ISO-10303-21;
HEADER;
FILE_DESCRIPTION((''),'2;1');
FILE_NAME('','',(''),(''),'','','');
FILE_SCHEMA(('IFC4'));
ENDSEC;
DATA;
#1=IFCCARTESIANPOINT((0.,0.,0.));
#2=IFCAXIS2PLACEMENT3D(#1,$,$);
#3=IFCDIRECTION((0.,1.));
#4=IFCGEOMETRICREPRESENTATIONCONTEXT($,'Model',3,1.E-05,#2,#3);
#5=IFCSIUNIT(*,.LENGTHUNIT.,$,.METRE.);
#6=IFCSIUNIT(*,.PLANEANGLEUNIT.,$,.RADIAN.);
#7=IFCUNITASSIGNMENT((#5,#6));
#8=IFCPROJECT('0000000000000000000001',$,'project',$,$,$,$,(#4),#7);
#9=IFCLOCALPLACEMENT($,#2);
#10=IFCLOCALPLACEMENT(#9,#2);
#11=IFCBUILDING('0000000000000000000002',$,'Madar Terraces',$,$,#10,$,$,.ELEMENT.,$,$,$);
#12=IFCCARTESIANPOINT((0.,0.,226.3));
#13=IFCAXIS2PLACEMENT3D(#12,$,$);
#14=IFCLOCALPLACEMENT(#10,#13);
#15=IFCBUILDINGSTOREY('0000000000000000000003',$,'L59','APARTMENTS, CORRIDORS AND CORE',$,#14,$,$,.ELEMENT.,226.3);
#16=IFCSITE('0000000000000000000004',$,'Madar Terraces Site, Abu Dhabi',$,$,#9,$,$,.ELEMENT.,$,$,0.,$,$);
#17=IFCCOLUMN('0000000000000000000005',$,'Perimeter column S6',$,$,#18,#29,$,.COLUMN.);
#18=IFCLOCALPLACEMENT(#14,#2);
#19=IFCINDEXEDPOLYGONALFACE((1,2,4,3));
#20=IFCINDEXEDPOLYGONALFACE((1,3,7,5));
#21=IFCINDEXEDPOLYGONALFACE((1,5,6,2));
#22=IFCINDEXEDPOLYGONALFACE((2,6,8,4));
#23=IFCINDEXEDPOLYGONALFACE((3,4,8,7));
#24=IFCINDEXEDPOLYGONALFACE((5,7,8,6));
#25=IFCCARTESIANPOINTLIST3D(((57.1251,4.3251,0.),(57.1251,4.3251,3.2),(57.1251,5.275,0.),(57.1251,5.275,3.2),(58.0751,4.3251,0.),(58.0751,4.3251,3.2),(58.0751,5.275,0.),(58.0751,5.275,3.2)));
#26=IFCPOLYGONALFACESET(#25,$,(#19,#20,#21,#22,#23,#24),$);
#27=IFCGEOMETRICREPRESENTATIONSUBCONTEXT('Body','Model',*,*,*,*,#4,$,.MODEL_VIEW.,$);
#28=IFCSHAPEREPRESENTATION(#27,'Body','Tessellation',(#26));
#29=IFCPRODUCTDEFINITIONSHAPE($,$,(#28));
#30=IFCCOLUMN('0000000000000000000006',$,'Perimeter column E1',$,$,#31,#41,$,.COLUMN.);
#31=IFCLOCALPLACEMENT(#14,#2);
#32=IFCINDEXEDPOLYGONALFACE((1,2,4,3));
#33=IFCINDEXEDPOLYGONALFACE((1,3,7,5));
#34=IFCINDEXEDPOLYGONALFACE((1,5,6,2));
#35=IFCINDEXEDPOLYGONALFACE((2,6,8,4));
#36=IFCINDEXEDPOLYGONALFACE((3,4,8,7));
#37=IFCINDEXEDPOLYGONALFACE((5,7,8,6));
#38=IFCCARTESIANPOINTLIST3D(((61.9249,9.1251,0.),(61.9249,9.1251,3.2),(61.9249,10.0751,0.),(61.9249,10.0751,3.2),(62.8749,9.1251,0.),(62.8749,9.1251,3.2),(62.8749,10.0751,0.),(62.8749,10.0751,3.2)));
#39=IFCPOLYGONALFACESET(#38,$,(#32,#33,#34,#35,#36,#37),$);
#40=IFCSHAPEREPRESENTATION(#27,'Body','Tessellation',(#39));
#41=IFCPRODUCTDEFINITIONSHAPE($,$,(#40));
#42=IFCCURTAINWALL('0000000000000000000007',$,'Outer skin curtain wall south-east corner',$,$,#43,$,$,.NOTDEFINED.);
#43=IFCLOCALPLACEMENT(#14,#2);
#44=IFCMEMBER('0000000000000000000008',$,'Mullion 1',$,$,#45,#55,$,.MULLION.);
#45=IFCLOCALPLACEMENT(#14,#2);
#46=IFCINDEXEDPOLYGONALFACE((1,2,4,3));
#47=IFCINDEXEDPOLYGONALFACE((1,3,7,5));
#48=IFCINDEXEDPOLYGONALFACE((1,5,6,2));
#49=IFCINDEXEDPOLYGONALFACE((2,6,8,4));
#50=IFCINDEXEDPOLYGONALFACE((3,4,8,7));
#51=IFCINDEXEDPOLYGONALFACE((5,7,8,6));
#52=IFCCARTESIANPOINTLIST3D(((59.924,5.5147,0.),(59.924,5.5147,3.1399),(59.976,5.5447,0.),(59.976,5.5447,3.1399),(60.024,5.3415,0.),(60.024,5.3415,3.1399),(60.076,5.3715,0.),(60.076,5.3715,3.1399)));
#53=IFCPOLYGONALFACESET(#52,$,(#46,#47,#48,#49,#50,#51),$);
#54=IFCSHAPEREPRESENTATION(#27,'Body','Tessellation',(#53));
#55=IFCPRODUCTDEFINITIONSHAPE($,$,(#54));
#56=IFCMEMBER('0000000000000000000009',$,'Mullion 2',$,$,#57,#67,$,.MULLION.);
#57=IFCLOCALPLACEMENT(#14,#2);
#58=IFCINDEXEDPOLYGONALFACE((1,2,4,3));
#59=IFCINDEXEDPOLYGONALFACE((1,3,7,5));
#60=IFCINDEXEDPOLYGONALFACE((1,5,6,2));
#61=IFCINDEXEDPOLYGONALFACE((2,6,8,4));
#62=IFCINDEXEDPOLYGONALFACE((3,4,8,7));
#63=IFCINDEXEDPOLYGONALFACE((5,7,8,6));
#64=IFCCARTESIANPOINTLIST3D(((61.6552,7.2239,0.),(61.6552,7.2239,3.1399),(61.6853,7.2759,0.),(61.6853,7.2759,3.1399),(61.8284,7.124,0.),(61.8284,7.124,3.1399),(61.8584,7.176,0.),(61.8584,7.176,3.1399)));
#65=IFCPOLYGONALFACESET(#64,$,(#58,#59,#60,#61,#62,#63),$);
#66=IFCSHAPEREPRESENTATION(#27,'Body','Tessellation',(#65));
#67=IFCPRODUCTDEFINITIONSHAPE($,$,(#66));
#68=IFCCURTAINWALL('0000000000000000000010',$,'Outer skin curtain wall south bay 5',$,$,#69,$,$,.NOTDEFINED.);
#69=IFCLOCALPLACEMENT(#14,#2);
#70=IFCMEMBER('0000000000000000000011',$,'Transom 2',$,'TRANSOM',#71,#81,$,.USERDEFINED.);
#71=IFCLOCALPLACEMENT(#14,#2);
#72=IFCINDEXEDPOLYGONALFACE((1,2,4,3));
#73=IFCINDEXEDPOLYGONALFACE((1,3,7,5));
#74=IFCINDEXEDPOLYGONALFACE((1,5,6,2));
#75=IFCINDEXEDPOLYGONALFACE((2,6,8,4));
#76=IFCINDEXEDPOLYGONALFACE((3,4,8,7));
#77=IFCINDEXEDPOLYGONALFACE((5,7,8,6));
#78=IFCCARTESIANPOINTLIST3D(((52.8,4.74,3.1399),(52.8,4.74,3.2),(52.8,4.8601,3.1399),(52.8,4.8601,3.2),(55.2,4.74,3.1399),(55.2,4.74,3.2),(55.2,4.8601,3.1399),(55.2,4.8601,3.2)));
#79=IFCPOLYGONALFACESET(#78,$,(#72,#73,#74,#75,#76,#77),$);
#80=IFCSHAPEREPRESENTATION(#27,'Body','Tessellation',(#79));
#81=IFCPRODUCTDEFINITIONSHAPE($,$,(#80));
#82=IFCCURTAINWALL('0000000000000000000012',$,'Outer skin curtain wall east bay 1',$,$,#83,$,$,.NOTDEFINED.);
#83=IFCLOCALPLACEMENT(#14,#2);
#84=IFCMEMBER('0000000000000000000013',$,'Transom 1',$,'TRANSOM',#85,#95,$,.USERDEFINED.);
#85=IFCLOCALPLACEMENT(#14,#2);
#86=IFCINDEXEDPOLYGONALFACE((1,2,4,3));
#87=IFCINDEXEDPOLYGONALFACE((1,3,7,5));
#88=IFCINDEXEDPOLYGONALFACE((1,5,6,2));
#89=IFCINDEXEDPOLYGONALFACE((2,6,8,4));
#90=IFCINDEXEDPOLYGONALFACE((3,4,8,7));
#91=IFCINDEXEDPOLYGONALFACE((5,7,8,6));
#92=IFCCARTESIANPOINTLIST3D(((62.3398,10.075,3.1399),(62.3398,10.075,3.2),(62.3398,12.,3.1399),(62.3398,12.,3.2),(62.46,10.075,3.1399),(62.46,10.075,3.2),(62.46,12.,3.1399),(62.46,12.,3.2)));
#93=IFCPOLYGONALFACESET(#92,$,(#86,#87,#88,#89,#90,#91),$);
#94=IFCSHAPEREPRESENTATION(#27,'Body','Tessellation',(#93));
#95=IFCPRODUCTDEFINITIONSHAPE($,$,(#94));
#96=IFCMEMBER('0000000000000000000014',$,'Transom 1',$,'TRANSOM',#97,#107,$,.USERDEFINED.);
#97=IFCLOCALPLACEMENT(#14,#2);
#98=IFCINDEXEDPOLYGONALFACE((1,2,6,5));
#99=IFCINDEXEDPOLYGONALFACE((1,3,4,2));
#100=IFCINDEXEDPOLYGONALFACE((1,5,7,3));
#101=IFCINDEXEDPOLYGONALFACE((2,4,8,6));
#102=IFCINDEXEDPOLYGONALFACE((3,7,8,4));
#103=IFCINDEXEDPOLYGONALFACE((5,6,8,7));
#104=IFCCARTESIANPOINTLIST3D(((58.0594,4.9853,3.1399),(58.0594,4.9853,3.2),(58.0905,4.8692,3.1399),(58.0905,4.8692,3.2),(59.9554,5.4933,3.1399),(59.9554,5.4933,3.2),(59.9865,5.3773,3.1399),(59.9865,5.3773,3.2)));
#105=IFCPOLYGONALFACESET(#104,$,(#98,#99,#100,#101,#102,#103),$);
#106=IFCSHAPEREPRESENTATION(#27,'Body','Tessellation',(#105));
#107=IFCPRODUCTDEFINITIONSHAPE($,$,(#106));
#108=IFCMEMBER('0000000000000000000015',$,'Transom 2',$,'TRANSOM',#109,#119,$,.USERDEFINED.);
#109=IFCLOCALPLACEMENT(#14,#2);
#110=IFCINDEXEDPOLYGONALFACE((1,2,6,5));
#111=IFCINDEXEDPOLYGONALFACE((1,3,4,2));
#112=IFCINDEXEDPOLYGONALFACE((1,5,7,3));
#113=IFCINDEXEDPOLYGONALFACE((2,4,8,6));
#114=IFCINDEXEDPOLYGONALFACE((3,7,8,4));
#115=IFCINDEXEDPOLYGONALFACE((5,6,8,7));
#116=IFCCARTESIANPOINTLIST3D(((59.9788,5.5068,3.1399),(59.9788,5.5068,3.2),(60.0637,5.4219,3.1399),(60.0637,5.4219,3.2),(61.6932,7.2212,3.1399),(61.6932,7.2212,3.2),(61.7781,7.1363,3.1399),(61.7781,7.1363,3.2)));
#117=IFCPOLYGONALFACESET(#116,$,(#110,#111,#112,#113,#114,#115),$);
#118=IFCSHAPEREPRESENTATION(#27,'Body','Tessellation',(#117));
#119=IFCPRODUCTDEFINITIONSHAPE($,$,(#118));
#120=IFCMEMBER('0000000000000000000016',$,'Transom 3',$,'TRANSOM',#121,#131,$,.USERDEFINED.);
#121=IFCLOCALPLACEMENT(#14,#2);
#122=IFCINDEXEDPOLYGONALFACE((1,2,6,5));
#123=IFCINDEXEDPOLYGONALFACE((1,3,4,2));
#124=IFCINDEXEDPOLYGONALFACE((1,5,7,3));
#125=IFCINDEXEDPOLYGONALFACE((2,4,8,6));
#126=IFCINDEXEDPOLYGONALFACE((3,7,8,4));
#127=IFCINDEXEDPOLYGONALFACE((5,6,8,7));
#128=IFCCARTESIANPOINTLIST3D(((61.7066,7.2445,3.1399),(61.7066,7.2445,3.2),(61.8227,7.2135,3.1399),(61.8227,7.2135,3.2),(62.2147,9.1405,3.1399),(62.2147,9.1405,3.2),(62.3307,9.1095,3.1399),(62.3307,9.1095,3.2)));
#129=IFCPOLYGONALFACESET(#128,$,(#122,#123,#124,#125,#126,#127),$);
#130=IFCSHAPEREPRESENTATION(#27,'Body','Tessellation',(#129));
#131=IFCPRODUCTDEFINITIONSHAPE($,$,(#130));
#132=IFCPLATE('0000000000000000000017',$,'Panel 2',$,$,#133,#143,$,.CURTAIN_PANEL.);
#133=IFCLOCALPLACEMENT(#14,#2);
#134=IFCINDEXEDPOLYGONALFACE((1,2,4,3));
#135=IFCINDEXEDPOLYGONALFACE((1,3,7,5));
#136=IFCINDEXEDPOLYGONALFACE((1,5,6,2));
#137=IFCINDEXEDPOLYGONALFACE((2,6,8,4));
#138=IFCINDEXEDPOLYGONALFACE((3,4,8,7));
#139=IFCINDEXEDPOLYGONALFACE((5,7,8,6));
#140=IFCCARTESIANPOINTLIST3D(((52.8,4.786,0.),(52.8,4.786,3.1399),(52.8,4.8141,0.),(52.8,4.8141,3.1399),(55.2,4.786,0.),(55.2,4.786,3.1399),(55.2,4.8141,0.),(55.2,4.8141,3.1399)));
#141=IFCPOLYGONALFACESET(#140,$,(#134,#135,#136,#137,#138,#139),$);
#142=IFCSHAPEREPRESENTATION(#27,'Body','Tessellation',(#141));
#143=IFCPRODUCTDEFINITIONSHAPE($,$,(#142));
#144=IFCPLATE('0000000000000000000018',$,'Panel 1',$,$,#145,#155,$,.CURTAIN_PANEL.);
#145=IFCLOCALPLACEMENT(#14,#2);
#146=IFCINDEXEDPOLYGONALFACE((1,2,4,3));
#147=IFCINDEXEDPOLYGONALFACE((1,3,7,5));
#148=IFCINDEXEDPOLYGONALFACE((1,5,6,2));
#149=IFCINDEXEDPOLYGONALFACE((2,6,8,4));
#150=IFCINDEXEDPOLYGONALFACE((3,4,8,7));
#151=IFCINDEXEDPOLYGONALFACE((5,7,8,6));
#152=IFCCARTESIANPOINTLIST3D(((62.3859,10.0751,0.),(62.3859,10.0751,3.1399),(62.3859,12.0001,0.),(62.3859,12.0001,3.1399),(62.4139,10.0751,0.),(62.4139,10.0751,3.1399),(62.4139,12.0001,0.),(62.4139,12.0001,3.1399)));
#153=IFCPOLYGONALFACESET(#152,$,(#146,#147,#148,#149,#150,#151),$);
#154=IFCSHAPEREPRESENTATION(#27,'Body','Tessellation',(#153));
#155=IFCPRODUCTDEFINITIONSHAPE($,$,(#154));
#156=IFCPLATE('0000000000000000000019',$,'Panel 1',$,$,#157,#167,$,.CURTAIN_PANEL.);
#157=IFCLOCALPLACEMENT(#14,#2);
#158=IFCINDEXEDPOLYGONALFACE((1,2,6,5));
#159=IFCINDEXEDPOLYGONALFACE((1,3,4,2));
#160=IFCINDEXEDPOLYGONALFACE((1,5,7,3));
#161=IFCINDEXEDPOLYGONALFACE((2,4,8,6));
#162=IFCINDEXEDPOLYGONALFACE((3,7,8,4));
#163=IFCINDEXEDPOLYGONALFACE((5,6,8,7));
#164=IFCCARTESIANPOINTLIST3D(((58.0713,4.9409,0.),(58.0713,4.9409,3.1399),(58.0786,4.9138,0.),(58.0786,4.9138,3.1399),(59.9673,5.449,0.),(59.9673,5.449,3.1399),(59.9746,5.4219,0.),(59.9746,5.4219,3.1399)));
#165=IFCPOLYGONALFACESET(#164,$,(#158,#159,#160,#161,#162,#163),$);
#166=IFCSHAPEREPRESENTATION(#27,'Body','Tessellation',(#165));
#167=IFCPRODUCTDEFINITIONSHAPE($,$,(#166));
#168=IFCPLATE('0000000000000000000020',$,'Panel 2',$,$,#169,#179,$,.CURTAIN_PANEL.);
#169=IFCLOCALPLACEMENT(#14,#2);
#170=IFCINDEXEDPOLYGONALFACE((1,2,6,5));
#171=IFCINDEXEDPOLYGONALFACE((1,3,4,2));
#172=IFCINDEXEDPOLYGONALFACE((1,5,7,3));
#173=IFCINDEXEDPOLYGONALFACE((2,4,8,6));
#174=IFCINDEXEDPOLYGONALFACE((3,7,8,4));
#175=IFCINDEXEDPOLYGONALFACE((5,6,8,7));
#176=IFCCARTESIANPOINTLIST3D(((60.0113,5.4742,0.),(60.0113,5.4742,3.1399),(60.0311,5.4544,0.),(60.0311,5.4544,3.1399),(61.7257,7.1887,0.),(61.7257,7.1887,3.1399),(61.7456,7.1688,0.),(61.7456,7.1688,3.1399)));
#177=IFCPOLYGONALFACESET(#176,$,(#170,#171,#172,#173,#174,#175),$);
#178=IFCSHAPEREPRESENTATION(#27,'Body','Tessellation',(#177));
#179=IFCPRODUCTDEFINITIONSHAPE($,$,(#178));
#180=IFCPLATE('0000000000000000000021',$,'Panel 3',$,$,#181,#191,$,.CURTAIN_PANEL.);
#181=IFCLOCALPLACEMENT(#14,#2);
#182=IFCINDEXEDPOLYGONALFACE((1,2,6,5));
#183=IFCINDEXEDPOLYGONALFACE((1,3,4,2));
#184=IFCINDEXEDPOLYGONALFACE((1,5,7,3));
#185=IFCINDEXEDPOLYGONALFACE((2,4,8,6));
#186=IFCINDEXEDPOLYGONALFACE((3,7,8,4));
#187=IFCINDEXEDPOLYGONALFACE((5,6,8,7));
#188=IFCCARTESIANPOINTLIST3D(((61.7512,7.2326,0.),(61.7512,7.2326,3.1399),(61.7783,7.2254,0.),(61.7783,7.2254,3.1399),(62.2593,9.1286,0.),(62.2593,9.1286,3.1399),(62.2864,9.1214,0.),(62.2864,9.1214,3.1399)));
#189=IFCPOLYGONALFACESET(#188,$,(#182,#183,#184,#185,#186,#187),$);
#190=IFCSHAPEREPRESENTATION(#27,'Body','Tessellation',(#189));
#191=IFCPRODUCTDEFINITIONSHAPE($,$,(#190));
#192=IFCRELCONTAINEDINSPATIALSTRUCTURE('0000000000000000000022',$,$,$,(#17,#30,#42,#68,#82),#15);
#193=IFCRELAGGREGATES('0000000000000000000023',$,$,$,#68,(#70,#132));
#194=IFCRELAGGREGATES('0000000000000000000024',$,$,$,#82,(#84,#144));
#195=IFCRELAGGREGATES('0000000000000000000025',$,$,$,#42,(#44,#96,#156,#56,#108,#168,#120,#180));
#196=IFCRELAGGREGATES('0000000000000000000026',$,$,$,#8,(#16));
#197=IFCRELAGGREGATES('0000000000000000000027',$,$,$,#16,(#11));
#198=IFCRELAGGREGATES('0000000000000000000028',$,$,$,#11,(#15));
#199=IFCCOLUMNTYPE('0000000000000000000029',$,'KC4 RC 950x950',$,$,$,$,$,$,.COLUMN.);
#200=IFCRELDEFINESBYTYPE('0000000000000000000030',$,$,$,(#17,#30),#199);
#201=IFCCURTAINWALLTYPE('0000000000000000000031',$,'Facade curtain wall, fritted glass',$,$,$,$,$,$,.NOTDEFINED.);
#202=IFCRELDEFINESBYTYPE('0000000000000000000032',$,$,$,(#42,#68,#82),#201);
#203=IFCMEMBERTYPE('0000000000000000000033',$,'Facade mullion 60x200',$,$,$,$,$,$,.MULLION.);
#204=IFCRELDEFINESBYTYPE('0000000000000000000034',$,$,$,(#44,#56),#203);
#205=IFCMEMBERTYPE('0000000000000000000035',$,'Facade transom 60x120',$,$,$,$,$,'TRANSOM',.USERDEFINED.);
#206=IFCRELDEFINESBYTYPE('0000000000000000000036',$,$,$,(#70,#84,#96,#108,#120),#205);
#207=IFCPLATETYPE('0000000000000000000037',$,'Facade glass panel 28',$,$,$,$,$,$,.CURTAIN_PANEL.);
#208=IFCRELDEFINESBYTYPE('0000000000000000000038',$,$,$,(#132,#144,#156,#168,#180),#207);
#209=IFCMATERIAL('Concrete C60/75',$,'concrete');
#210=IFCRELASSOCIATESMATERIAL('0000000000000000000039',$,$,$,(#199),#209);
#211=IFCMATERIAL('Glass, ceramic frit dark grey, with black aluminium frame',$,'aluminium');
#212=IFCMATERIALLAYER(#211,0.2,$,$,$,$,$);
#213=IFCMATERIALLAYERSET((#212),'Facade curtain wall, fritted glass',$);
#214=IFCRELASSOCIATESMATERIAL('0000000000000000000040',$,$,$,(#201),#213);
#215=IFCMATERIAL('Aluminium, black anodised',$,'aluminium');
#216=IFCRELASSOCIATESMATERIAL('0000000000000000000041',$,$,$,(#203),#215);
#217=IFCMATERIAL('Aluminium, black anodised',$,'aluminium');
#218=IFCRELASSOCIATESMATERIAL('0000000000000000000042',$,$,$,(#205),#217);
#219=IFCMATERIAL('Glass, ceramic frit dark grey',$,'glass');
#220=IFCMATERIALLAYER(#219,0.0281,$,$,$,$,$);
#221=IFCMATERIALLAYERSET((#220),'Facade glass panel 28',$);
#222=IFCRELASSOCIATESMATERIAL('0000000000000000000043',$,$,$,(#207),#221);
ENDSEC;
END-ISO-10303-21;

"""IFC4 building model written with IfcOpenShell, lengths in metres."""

from ifc_helpers import new_model, si_unit, direction, frame, origin, origin_2d, place, context, subcontext, project, spatial, rectangle, extrude, material, layer, layer_set, material_profile, profile_set, type_object, element, aggregate, save


model = new_model("IFC4")

# Units and contexts
model_context = context("Model", 3, precision=1e-05, world=origin(), true_north=direction((0.0, 1.0)))
body_context = subcontext(model_context, "Body", "Model", "MODEL_VIEW")
ifc_project = project(units=[si_unit("LENGTHUNIT", "METRE"), si_unit("PLANEANGLEUNIT", "RADIAN")], contexts=[model_context])

# Site, building, storey
site_placement = place(None, origin())
site = spatial("IfcSite", under=ifc_project, at=site_placement, Name="Madar Terraces Site, Abu Dhabi", CompositionType="ELEMENT", RefElevation=0.0)
building_placement = place(site_placement, origin())
building = spatial("IfcBuilding", under=site, at=building_placement, Name="Madar Terraces", CompositionType="ELEMENT")
storey_placement = place(building_placement, frame((0.0, 0.0, 226.3)))
storey = spatial("IfcBuildingStorey", under=building, at=storey_placement, Name="L59", Description="APARTMENTS, CORRIDORS AND CORE", CompositionType="ELEMENT", Elevation=226.3)

# Columns
ifc_material_1 = material(Name="Concrete C60/75", Category="concrete")
ifc_material_profile_1 = material_profile(ifc_material_1, rectangle(XDim=0.95, YDim=0.95, at=origin_2d()), Name="KC4 RC 950x950")
ifc_profile_set_1 = profile_set([ifc_material_profile_1], Name="Concrete C60/75")
column_type = type_object("IfcColumnType", Name="KC4 RC 950x950", PredefinedType="COLUMN", material=ifc_profile_set_1)
for number, where, z_axis, x_axis, name in (
    (1, (57.6001, 4.8, 0.0), (0.0, 0.0, 1.0), (1.0, 0.0, 0.0), "Perimeter column S6"),
    (2, (62.3999, 9.6001, 0.0), (0.0, 0.0, 1.0), (1.0, 0.0, 0.0), "Perimeter column E1"),
):
    element("IfcColumn", number, at=place(storey_placement, frame(where, z_axis=z_axis, x_axis=x_axis)), inside=storey, type_object=column_type, Name=name, PredefinedType="COLUMN", context=body_context, shape_type="SweptSolid", body=[
        extrude(rectangle(XDim=0.95, YDim=0.95, at=origin_2d()), origin(), (0.0, 0.0, 1.0), 3.2),
    ])

# Curtain wall, members
ifc_material_2 = material(Name="Glass, ceramic frit dark grey, with black aluminium frame", Category="aluminium")
ifc_layer_1 = layer(ifc_material_2, 0.2)
ifc_layer_set_1 = layer_set([ifc_layer_1], Name="Facade curtain wall, fritted glass")
curtain_wall_type = type_object("IfcCurtainWallType", Name="Facade curtain wall, fritted glass", PredefinedType="NOTDEFINED", material=ifc_layer_set_1)
curtain_wall_1_placement = place(storey_placement, origin())
curtain_wall_1 = element("IfcCurtainWall", 3, at=curtain_wall_1_placement, inside=storey, type_object=curtain_wall_type, Name="Outer skin curtain wall south-east corner", PredefinedType="NOTDEFINED")
ifc_material_3 = material(Name="Aluminium, black anodised", Category="aluminium")
ifc_material_profile_2 = material_profile(ifc_material_3, rectangle(XDim=0.2, YDim=0.0601, at=origin_2d()), Name="Facade mullion 60x200")
ifc_profile_set_2 = profile_set([ifc_material_profile_2], Name="Aluminium, black anodised")
member_type_1 = type_object("IfcMemberType", Name="Facade mullion 60x200", PredefinedType="MULLION", material=ifc_profile_set_2)
member_1_placement = place(storey_placement, frame((60.0, 5.4431, 0.0), z_axis=(0.0, 0.0, 1.0), x_axis=(-0.5, 0.866025, 0.0)))
member_1 = element("IfcMember", 4, at=member_1_placement, type_object=member_type_1, Name="Mullion 1", PredefinedType="MULLION", context=body_context, shape_type="SweptSolid", body=[
    extrude(rectangle(XDim=0.2, YDim=0.0601, at=origin_2d()), origin(), (0.0, 0.0, 1.0), 3.1399),
])
member_2_placement = place(storey_placement, frame((61.7568, 7.2, 0.0), z_axis=(0.0, 0.0, 1.0), x_axis=(-0.866025, 0.5, 0.0)))
member_2 = element("IfcMember", 5, at=member_2_placement, type_object=member_type_1, Name="Mullion 2", PredefinedType="MULLION", context=body_context, shape_type="SweptSolid", body=[
    extrude(rectangle(XDim=0.2, YDim=0.0601, at=origin_2d()), origin(), (0.0, 0.0, 1.0), 3.1399),
])

# Curtain walls, members
curtain_wall_2_placement = place(storey_placement, origin())
curtain_wall_2 = element("IfcCurtainWall", 6, at=curtain_wall_2_placement, inside=storey, type_object=curtain_wall_type, Name="Outer skin curtain wall south bay 5", PredefinedType="NOTDEFINED")
ifc_material_4 = material(Name="Aluminium, black anodised", Category="aluminium")
ifc_material_profile_3 = material_profile(ifc_material_4, rectangle(XDim=0.1201, YDim=0.0601, at=origin_2d()), Name="Facade transom 60x120")
ifc_profile_set_3 = profile_set([ifc_material_profile_3], Name="Aluminium, black anodised")
member_type_2 = type_object("IfcMemberType", Name="Facade transom 60x120", ElementType="TRANSOM", PredefinedType="USERDEFINED", material=ifc_profile_set_3)
member_3_placement = place(storey_placement, frame((52.8, 4.8, 3.1699), z_axis=(1.0, 0.0, 0.0), x_axis=(0.0, 1.0, 0.0)))
member_3 = element("IfcMember", 7, at=member_3_placement, type_object=member_type_2, Name="Transom 2", ObjectType="TRANSOM", PredefinedType="USERDEFINED", context=body_context, shape_type="SweptSolid", body=[
    extrude(rectangle(XDim=0.1201, YDim=0.0601, at=origin_2d()), origin(), (0.0, 0.0, 1.0), 2.3999),
])
curtain_wall_3_placement = place(storey_placement, origin())
curtain_wall_3 = element("IfcCurtainWall", 8, at=curtain_wall_3_placement, inside=storey, type_object=curtain_wall_type, Name="Outer skin curtain wall east bay 1", PredefinedType="NOTDEFINED")
member_4_placement = place(storey_placement, frame((62.3999, 10.075, 3.1699), z_axis=(0.0, 1.0, 0.0), x_axis=(-1.0, 0.0, 0.0)))
member_4 = element("IfcMember", 9, at=member_4_placement, type_object=member_type_2, Name="Transom 1", ObjectType="TRANSOM", PredefinedType="USERDEFINED", context=body_context, shape_type="SweptSolid", body=[
    extrude(rectangle(XDim=0.1201, YDim=0.0601, at=origin_2d()), origin(), (0.0, 0.0, 1.0), 1.925),
])

# Members
member_5_placement = place(storey_placement, frame((58.075, 4.9272, 3.1699), z_axis=(0.965923, 0.258831, 0.0), x_axis=(-0.258831, 0.965923, 0.0)))
member_5 = element("IfcMember", 10, at=member_5_placement, type_object=member_type_2, Name="Transom 1", ObjectType="TRANSOM", PredefinedType="USERDEFINED", context=body_context, shape_type="SweptSolid", body=[
    extrude(rectangle(XDim=0.1201, YDim=0.0601, at=origin_2d()), origin(), (0.0, 0.0, 1.0), 1.9629),
])
member_6_placement = place(storey_placement, frame((60.0212, 5.4644, 3.1699), z_axis=(0.707107, 0.707107, 0.0), x_axis=(-0.707107, 0.707107, 0.0)))
member_6 = element("IfcMember", 11, at=member_6_placement, type_object=member_type_2, Name="Transom 2", ObjectType="TRANSOM", PredefinedType="USERDEFINED", context=body_context, shape_type="SweptSolid", body=[
    extrude(rectangle(XDim=0.1201, YDim=0.0601, at=origin_2d()), origin(), (0.0, 0.0, 1.0), 2.4246),
])
member_7_placement = place(storey_placement, frame((61.7646, 7.229, 3.1699), z_axis=(0.258831, 0.965923, 0.0), x_axis=(-0.965923, 0.258831, 0.0)))
member_7 = element("IfcMember", 12, at=member_7_placement, type_object=member_type_2, Name="Transom 3", ObjectType="TRANSOM", PredefinedType="USERDEFINED", context=body_context, shape_type="SweptSolid", body=[
    extrude(rectangle(XDim=0.1201, YDim=0.0601, at=origin_2d()), origin(), (0.0, 0.0, 1.0), 1.9629),
])

# Plates
ifc_material_5 = material(Name="Glass, ceramic frit dark grey", Category="glass")
ifc_layer_2 = layer(ifc_material_5, 0.0281)
ifc_layer_set_2 = layer_set([ifc_layer_2], Name="Facade glass panel 28")
plate_type = type_object("IfcPlateType", Name="Facade glass panel 28", PredefinedType="CURTAIN_PANEL", material=ifc_layer_set_2)
plate_1_placement = place(storey_placement, frame((54.0, 4.8, 0.0), z_axis=(0.0, 0.0, 1.0), x_axis=(1.0, 0.0, 0.0)))
plate_1 = element("IfcPlate", 13, at=plate_1_placement, type_object=plate_type, Name="Panel 2", PredefinedType="CURTAIN_PANEL", context=body_context, shape_type="SweptSolid", body=[
    extrude(rectangle(XDim=2.3999, YDim=0.0281, at=origin_2d()), origin(), (0.0, 0.0, 1.0), 3.1399),
])
aggregate(curtain_wall_2, [member_3, plate_1])
plate_2_placement = place(storey_placement, frame((62.3999, 11.0376, 0.0), z_axis=(0.0, 0.0, 1.0), x_axis=(0.0, 1.0, 0.0)))
plate_2 = element("IfcPlate", 14, at=plate_2_placement, type_object=plate_type, Name="Panel 1", PredefinedType="CURTAIN_PANEL", context=body_context, shape_type="SweptSolid", body=[
    extrude(rectangle(XDim=1.925, YDim=0.0281, at=origin_2d()), origin(), (0.0, 0.0, 1.0), 3.1399),
])
aggregate(curtain_wall_3, [member_4, plate_2])
plate_3_placement = place(storey_placement, frame((59.0229, 5.1814, 0.0), z_axis=(0.0, 0.0, 1.0), x_axis=(0.965926, 0.258819, 0.0)))
plate_3 = element("IfcPlate", 15, at=plate_3_placement, type_object=plate_type, Name="Panel 1", PredefinedType="CURTAIN_PANEL", context=body_context, shape_type="SweptSolid", body=[
    extrude(rectangle(XDim=1.9629, YDim=0.0281, at=origin_2d()), origin(), (0.0, 0.0, 1.0), 3.1399),
])
plate_4_placement = place(storey_placement, frame((60.8784, 6.3215, 0.0), z_axis=(0.0, 0.0, 1.0), x_axis=(0.707107, 0.707107, 0.0)))
plate_4 = element("IfcPlate", 16, at=plate_4_placement, type_object=plate_type, Name="Panel 2", PredefinedType="CURTAIN_PANEL", context=body_context, shape_type="SweptSolid", body=[
    extrude(rectangle(XDim=2.4246, YDim=0.0281, at=origin_2d()), origin(), (0.0, 0.0, 1.0), 3.1399),
])
plate_5_placement = place(storey_placement, frame((62.0188, 8.177, 0.0), z_axis=(0.0, 0.0, 1.0), x_axis=(0.258819, 0.965926, 0.0)))
plate_5 = element("IfcPlate", 17, at=plate_5_placement, type_object=plate_type, Name="Panel 3", PredefinedType="CURTAIN_PANEL", context=body_context, shape_type="SweptSolid", body=[
    extrude(rectangle(XDim=1.9629, YDim=0.0281, at=origin_2d()), origin(), (0.0, 0.0, 1.0), 3.1399),
])
aggregate(curtain_wall_1, [member_1, member_5, plate_3, member_2, member_6, plate_4, member_7, plate_5])

save(model, "model.ifc")
